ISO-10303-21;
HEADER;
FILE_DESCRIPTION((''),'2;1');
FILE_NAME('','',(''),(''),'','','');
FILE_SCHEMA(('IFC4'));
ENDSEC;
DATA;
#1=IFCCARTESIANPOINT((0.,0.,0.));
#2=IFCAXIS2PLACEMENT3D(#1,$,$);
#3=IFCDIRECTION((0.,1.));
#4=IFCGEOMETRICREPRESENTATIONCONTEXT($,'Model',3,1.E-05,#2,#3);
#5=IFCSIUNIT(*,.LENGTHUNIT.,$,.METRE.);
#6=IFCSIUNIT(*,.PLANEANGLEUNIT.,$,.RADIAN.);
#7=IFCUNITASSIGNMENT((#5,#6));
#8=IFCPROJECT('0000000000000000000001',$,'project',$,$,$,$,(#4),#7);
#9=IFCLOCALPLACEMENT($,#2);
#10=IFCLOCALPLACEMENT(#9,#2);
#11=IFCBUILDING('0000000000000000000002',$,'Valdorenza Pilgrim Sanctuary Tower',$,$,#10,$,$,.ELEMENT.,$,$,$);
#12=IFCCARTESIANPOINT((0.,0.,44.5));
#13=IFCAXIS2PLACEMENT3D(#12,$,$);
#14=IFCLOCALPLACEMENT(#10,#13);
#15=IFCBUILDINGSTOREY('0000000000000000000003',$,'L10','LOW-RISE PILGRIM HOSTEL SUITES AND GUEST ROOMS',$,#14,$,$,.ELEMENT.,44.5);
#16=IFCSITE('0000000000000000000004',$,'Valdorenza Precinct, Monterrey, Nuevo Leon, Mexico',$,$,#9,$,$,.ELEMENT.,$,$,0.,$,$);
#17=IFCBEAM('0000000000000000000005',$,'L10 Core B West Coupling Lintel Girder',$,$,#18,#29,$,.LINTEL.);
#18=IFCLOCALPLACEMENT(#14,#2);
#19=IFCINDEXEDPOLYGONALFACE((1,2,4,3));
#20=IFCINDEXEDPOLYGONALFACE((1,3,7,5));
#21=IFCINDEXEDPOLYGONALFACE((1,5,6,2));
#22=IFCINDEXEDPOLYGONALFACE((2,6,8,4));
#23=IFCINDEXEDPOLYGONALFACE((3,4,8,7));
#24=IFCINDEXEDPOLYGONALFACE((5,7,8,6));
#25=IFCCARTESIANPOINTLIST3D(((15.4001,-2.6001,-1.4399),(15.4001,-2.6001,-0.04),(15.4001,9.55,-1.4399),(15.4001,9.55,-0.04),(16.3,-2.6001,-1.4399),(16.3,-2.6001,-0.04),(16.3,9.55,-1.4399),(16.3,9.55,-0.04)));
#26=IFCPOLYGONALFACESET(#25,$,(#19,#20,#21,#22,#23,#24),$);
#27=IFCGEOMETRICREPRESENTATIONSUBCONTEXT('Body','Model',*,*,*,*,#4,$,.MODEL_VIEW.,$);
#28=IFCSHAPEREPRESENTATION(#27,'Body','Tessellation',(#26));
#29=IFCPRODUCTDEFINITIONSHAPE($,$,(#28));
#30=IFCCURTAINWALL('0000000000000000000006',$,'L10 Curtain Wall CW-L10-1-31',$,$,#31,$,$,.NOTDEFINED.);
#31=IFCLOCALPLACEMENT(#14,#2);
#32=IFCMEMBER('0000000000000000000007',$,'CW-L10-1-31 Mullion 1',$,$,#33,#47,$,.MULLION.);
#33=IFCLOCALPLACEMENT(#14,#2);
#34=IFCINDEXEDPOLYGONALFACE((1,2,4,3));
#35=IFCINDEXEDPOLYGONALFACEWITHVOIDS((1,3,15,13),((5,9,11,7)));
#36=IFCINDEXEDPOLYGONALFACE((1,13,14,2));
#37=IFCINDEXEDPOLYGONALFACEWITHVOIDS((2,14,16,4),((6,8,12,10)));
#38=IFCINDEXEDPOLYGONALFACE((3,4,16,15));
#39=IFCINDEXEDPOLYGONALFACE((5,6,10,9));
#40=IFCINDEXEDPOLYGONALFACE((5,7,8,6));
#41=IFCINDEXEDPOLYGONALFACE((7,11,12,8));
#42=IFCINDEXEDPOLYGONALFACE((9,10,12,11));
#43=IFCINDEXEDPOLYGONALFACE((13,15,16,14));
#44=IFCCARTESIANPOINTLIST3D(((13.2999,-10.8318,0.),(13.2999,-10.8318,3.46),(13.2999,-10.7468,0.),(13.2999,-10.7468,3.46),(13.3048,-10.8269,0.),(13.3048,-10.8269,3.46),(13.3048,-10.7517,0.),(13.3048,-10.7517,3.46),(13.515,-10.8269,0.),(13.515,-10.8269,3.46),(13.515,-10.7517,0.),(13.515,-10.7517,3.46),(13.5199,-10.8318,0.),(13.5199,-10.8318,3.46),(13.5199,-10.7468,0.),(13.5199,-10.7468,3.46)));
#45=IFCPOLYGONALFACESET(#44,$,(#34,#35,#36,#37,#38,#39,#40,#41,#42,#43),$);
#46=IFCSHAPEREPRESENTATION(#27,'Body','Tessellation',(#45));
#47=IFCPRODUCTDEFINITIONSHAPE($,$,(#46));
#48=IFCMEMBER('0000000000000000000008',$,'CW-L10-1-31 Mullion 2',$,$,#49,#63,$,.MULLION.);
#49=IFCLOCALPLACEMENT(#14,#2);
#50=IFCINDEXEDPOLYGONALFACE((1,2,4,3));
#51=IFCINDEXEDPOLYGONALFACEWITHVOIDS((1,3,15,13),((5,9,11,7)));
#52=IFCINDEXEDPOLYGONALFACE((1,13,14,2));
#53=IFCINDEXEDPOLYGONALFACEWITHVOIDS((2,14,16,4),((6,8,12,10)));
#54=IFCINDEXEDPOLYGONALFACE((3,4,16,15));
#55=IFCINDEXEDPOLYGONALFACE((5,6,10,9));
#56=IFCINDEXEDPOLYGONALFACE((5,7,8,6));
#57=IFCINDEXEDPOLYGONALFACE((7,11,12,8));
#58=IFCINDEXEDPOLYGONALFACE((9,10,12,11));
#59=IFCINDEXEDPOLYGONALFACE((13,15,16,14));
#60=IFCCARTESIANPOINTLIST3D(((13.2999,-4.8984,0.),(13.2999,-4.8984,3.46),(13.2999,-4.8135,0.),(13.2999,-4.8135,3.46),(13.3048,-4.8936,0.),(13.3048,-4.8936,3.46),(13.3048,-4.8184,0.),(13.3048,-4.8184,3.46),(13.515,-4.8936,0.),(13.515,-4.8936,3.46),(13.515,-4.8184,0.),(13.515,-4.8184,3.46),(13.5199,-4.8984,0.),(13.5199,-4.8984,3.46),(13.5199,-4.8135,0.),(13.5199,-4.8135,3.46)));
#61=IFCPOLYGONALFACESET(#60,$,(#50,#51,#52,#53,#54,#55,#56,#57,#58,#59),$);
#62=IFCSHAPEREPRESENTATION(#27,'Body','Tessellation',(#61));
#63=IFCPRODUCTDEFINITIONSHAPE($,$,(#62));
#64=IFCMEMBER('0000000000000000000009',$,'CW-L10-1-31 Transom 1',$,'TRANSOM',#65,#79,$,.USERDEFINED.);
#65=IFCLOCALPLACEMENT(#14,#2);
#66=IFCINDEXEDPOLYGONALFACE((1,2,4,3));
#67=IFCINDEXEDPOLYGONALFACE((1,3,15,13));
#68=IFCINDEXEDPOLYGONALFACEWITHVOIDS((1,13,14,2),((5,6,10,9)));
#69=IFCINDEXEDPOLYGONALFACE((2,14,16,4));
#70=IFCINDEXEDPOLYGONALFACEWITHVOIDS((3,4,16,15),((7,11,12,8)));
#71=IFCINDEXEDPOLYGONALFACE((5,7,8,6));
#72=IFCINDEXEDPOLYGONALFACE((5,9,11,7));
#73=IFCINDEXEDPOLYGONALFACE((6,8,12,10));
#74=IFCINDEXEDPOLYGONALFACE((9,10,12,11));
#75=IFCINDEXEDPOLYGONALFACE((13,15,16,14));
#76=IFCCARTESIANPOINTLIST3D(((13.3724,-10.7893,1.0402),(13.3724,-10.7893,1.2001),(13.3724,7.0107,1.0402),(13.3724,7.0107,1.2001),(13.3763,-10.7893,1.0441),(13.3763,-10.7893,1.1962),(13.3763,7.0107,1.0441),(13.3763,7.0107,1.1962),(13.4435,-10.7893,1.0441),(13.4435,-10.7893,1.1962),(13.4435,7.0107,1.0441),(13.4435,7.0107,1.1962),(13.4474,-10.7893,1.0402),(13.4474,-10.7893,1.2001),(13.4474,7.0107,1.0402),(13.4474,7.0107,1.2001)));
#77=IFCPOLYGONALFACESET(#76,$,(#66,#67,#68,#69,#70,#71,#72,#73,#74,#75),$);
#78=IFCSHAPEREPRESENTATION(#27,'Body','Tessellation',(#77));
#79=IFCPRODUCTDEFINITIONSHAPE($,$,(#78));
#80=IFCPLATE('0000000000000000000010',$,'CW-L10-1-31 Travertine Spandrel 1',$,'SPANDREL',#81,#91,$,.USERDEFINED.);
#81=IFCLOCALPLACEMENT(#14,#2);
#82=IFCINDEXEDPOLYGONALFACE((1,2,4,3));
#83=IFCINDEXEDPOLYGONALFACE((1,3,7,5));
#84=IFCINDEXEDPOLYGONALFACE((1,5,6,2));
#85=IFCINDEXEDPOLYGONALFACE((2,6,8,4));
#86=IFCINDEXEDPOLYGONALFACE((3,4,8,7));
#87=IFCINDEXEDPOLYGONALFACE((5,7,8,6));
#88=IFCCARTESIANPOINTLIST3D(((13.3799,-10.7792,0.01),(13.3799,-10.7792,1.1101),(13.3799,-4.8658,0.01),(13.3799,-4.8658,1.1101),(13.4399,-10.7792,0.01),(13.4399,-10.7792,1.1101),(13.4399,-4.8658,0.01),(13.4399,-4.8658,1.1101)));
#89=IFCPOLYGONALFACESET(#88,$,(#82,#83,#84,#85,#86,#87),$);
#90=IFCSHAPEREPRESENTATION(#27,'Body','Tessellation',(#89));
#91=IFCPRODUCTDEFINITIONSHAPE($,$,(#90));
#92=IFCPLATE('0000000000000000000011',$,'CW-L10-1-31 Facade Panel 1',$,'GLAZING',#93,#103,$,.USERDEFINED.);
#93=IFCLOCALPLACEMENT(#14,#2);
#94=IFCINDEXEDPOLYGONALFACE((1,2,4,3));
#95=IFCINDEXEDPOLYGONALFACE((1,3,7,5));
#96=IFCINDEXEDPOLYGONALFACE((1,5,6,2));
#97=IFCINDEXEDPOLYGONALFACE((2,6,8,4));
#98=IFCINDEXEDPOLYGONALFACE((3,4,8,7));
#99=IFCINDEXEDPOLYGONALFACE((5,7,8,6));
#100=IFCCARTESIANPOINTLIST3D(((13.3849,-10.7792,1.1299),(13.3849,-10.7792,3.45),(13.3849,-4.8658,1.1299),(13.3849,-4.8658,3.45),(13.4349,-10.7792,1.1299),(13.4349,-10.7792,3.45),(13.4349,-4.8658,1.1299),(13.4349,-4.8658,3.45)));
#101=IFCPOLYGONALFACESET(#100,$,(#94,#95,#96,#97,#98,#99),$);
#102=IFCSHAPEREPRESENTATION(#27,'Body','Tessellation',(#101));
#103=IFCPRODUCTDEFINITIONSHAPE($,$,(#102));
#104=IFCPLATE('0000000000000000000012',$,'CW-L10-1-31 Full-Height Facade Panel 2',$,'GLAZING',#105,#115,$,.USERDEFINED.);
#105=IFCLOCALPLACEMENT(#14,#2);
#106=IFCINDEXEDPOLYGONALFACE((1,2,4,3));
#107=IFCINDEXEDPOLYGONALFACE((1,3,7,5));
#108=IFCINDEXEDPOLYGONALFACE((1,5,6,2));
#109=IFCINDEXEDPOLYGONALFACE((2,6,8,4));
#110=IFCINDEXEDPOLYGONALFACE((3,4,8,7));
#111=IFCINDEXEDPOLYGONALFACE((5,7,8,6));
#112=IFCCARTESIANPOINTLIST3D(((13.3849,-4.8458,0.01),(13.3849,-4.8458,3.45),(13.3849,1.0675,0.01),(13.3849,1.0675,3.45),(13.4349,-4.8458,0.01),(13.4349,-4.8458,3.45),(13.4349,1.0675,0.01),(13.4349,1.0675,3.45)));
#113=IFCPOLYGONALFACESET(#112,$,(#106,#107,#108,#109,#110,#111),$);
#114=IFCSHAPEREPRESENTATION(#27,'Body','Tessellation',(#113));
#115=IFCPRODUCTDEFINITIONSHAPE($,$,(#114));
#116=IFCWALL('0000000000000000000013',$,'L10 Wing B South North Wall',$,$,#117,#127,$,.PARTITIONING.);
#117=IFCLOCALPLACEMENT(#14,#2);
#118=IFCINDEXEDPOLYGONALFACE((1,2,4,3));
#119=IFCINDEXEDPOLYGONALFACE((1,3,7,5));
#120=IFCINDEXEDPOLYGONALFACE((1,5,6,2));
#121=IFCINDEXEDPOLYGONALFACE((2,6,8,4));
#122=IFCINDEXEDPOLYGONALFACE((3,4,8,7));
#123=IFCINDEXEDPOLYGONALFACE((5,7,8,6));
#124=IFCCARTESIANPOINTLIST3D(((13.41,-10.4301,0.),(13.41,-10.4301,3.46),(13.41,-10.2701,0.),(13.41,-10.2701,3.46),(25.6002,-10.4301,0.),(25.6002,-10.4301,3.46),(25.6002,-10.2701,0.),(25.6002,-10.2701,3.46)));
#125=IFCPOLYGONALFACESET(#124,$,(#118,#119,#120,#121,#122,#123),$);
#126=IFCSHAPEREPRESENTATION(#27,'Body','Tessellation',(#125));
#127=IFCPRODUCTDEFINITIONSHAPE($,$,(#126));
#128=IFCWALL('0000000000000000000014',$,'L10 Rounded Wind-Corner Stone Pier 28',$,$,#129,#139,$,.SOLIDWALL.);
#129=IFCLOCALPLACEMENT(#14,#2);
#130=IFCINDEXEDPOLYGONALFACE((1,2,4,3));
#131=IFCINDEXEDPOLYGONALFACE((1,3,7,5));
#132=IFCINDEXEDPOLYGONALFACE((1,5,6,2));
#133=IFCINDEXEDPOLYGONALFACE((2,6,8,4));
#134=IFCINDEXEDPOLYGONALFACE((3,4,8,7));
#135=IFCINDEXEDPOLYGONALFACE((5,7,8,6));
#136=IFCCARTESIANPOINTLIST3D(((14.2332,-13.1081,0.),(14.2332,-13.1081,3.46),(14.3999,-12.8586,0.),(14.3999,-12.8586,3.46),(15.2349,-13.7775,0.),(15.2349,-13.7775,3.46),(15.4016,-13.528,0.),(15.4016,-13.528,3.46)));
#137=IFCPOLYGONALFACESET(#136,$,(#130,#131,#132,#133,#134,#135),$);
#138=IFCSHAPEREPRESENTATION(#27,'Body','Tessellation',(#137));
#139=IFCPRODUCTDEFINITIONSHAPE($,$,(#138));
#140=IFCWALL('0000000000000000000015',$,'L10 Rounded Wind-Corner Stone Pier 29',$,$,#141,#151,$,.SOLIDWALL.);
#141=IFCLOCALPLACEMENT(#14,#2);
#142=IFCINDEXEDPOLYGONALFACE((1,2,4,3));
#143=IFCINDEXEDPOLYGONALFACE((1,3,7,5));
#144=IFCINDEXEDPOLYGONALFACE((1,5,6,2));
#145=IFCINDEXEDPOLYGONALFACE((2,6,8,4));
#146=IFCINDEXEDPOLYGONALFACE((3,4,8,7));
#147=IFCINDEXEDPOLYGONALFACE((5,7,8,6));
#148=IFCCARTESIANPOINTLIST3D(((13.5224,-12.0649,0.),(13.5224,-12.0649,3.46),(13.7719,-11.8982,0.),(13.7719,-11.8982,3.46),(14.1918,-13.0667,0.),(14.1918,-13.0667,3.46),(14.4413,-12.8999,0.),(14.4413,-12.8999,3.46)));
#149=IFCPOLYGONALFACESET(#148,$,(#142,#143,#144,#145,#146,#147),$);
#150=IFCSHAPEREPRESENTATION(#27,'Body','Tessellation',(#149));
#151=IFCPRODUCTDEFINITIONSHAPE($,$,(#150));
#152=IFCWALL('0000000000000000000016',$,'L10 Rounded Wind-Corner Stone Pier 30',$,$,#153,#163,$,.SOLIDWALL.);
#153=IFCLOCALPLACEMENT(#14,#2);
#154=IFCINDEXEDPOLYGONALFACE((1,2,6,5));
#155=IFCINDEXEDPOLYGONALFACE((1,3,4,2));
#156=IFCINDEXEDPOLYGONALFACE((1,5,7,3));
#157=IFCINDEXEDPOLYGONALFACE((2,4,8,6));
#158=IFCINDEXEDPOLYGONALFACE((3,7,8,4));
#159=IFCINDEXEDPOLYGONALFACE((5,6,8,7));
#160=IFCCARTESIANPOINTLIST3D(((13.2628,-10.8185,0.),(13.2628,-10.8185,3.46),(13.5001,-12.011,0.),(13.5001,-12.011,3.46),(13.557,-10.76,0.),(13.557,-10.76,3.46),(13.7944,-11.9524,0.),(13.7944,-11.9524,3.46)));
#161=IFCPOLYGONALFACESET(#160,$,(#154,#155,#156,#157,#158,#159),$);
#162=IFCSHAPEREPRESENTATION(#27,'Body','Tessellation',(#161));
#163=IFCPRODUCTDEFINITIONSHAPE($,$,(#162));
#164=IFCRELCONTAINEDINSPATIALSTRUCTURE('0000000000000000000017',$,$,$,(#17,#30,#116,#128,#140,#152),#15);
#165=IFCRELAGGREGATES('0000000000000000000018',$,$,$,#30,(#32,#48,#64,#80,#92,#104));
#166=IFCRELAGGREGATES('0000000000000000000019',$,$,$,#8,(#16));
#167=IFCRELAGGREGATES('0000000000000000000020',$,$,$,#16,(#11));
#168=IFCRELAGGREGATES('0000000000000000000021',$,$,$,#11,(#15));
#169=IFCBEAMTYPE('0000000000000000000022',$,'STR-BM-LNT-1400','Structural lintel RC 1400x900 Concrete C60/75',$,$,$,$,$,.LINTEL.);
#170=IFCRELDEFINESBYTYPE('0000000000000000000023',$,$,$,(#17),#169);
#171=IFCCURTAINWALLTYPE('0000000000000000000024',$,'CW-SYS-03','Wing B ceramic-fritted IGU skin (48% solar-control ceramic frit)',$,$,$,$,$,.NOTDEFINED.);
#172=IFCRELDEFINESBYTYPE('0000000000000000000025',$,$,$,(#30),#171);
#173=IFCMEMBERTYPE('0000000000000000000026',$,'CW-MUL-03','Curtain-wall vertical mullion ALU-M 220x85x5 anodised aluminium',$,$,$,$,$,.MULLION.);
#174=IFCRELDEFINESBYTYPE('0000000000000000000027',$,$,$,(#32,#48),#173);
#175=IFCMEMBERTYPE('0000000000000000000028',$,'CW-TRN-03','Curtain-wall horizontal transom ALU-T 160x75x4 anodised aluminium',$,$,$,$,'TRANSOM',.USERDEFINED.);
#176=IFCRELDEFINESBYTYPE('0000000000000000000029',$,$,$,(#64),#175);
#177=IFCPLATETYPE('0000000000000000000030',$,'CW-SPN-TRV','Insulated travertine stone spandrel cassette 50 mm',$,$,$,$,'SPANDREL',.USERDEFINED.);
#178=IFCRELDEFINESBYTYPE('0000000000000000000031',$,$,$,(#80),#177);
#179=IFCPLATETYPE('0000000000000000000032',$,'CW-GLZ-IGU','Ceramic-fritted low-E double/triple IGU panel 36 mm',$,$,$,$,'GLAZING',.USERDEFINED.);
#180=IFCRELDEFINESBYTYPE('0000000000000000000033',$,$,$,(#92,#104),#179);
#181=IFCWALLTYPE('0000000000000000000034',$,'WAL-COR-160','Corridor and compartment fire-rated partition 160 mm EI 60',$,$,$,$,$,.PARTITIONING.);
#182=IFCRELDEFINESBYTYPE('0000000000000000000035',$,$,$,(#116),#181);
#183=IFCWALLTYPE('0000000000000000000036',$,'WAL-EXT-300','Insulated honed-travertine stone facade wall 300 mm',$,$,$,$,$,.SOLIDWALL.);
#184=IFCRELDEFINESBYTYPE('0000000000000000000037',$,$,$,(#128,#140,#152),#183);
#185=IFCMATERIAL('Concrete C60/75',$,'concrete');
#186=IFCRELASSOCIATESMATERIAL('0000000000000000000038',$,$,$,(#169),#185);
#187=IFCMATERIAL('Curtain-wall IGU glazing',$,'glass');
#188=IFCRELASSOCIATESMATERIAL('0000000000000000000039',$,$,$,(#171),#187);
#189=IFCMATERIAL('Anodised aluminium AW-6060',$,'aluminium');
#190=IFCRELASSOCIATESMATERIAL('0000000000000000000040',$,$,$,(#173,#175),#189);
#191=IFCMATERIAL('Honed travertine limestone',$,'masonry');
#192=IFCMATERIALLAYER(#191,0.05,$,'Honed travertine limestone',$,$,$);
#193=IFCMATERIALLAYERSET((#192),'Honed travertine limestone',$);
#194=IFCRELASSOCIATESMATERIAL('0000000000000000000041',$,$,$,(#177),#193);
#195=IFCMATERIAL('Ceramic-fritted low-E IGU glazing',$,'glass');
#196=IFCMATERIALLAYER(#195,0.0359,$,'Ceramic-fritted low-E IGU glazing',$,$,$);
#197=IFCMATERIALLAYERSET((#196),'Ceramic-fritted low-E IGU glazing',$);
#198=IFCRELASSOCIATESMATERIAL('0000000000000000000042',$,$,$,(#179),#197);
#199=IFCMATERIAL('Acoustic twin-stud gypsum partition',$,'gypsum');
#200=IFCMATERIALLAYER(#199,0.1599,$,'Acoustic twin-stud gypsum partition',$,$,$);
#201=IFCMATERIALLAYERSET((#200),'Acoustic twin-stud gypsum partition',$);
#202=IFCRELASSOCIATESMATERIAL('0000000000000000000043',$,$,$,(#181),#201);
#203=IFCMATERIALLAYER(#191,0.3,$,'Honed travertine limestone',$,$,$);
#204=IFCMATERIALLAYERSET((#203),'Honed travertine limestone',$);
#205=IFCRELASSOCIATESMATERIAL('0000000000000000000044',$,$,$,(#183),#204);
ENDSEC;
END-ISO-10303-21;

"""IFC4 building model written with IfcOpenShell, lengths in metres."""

from ifc_helpers import new_model, si_unit, direction, frame, frame_2d, origin, origin_2d, place, context, subcontext, project, spatial, rectangle, hollow_rectangle, extrude, source, transform, mapped, material, layer, layer_set, material_profile, profile_set, type_object, element, aggregate, save


model = new_model("IFC4")

# Units and contexts
model_context = context("Model", 3, precision=1e-05, world=origin(), true_north=direction((0.0, 1.0)))
body_context = subcontext(model_context, "Body", "Model", "MODEL_VIEW")
ifc_project = project(units=[si_unit("LENGTHUNIT", "METRE"), si_unit("PLANEANGLEUNIT", "RADIAN")], contexts=[model_context])

# Site, building, storey
site_placement = place(None, origin())
site = spatial("IfcSite", under=ifc_project, at=site_placement, Name="Valdorenza Precinct, Monterrey, Nuevo Leon, Mexico", CompositionType="ELEMENT", RefElevation=0.0)
building_placement = place(site_placement, origin())
building = spatial("IfcBuilding", under=site, at=building_placement, Name="Valdorenza Pilgrim Sanctuary Tower", CompositionType="ELEMENT")
storey_placement = place(building_placement, frame((0.0, 0.0, 44.5)))
storey = spatial("IfcBuildingStorey", under=building, at=storey_placement, Name="L10", Description="LOW-RISE PILGRIM HOSTEL SUITES AND GUEST ROOMS", CompositionType="ELEMENT", Elevation=44.5)

# Beam
ifc_material_1 = material(Name="Concrete C60/75", Category="concrete")
ifc_material_profile_1 = material_profile(ifc_material_1, rectangle(XDim=0.8999, YDim=1.3999, at=origin_2d()), Name="RC 1400x900")
ifc_profile_set_1 = profile_set([ifc_material_profile_1], Name="Concrete C60/75")
beam_type = type_object("IfcBeamType", Name="STR-BM-LNT-1400", Description="Structural lintel RC 1400x900 Concrete C60/75", PredefinedType="LINTEL", material=ifc_profile_set_1)
shared_shape_1 = source(origin(), body_context, "Body", "SweptSolid", [
    extrude(rectangle(XDim=0.8999, YDim=1.3999, at=origin_2d()), origin(), (0.0, 0.0, 1.0), 12.1501),
])
beam_placement = place(storey_placement, frame((15.8501, -2.6001, -0.74), z_axis=(0.0, 1.0, 0.0), x_axis=(-1.0, 0.0, 0.0)))
element("IfcBeam", 1, at=beam_placement, inside=storey, type_object=beam_type, Name="L10 Core B West Coupling Lintel Girder", PredefinedType="LINTEL", context=body_context, shape_type="MappedRepresentation", body=[
    mapped(shared_shape_1, transform((0.0, 0.0, 0.0), x_axis=(1.0, 0.0, 0.0), y_axis=(0.0, 1.0, 0.0), z_axis=(0.0, 0.0, 1.0), scale=1.0)),
])

# Curtain wall, members, plates
ifc_material_2 = material(Name="Curtain-wall IGU glazing", Category="glass")
curtain_wall_type = type_object("IfcCurtainWallType", Name="CW-SYS-03", Description="Wing B ceramic-fritted IGU skin (48% solar-control ceramic frit)", PredefinedType="NOTDEFINED", material=ifc_material_2)
curtain_wall_placement = place(storey_placement, origin())
curtain_wall = element("IfcCurtainWall", 2, at=curtain_wall_placement, inside=storey, type_object=curtain_wall_type, Name="L10 Curtain Wall CW-L10-1-31", PredefinedType="NOTDEFINED")
ifc_material_3 = material(Name="Anodised aluminium AW-6060", Category="aluminium")
ifc_material_profile_2 = material_profile(ifc_material_3, hollow_rectangle(XDim=0.085, YDim=0.22, WallThickness=0.0049, at=origin_2d()), Name="ALU-M 220x85x5")
ifc_profile_set_2 = profile_set([ifc_material_profile_2], Name="Anodised aluminium AW-6060")
member_type_1 = type_object("IfcMemberType", Name="CW-MUL-03", Description="Curtain-wall vertical mullion ALU-M 220x85x5 anodised aluminium", PredefinedType="MULLION", material=ifc_profile_set_2)
shared_shape_2 = source(origin(), body_context, "Body", "SweptSolid", [
    extrude(hollow_rectangle(XDim=0.085, YDim=0.22, WallThickness=0.0049, at=origin_2d()), origin(), (0.0, 0.0, 1.0), 3.46),
])
member_1_placement = place(storey_placement, frame((13.4099, -10.7893, 0.0), z_axis=(0.0, 0.0, 1.0), x_axis=(0.0, 1.0, 0.0)))
member_1 = element("IfcMember", 3, at=member_1_placement, type_object=member_type_1, Name="CW-L10-1-31 Mullion 1", PredefinedType="MULLION", context=body_context, shape_type="MappedRepresentation", body=[
    mapped(shared_shape_2, transform((0.0, 0.0, 0.0), x_axis=(1.0, 0.0, 0.0), y_axis=(0.0, 1.0, 0.0), z_axis=(0.0, 0.0, 1.0), scale=1.0)),
])
member_2_placement = place(storey_placement, frame((13.4099, -4.856, 0.0), z_axis=(0.0, 0.0, 1.0), x_axis=(0.0, 1.0, 0.0)))
member_2 = element("IfcMember", 4, at=member_2_placement, type_object=member_type_1, Name="CW-L10-1-31 Mullion 2", PredefinedType="MULLION", context=body_context, shape_type="MappedRepresentation", body=[
    mapped(shared_shape_2, transform((0.0, 0.0, 0.0), x_axis=(1.0, 0.0, 0.0), y_axis=(0.0, 1.0, 0.0), z_axis=(0.0, 0.0, 1.0), scale=1.0)),
])
ifc_material_profile_3 = material_profile(ifc_material_3, hollow_rectangle(XDim=0.075, YDim=0.1599, WallThickness=0.0039, at=origin_2d()), Name="ALU-T 160x75x4")
ifc_profile_set_3 = profile_set([ifc_material_profile_3], Name="Anodised aluminium AW-6060")
member_type_2 = type_object("IfcMemberType", Name="CW-TRN-03", Description="Curtain-wall horizontal transom ALU-T 160x75x4 anodised aluminium", ElementType="TRANSOM", PredefinedType="USERDEFINED", material=ifc_profile_set_3)
shared_shape_3 = source(origin(), body_context, "Body", "SweptSolid", [
    extrude(hollow_rectangle(XDim=0.075, YDim=0.1599, WallThickness=0.0039, at=origin_2d()), origin(), (0.0, 0.0, 1.0), 17.8),
])
member_3_placement = place(storey_placement, frame((13.4099, -10.7893, 1.1201), z_axis=(0.0, 1.0, 0.0), x_axis=(-1.0, 0.0, 0.0)))
member_3 = element("IfcMember", 5, at=member_3_placement, type_object=member_type_2, Name="CW-L10-1-31 Transom 1", ObjectType="TRANSOM", PredefinedType="USERDEFINED", context=body_context, shape_type="MappedRepresentation", body=[
    mapped(shared_shape_3, transform((0.0, 0.0, 0.0), x_axis=(1.0, 0.0, 0.0), y_axis=(0.0, 1.0, 0.0), z_axis=(0.0, 0.0, 1.0), scale=1.0)),
])
ifc_material_4 = material(Name="Honed travertine limestone", Category="masonry")
ifc_layer_1 = layer(ifc_material_4, 0.05, Name="Honed travertine limestone")
ifc_layer_set_1 = layer_set([ifc_layer_1], Name="Honed travertine limestone")
plate_type_1 = type_object("IfcPlateType", Name="CW-SPN-TRV", Description="Insulated travertine stone spandrel cassette 50 mm", ElementType="SPANDREL", PredefinedType="USERDEFINED", material=ifc_layer_set_1)
shared_shape_4 = source(origin(), body_context, "Body", "SweptSolid", [
    extrude(rectangle(XDim=5.9133, YDim=0.0601, at=origin_2d()), origin(), (0.0, 0.0, 1.0), 1.1001),
])
plate_1_placement = place(storey_placement, frame((13.4099, -7.8225, 0.01), z_axis=(0.0, 0.0, 1.0), x_axis=(0.0, 1.0, 0.0)))
plate_1 = element("IfcPlate", 6, at=plate_1_placement, type_object=plate_type_1, Name="CW-L10-1-31 Travertine Spandrel 1", ObjectType="SPANDREL", PredefinedType="USERDEFINED", context=body_context, shape_type="MappedRepresentation", body=[
    mapped(shared_shape_4, transform((0.0, 0.0, 0.0), x_axis=(1.0, 0.0, 0.0), y_axis=(0.0, 1.0, 0.0), z_axis=(0.0, 0.0, 1.0), scale=1.0)),
])
ifc_material_5 = material(Name="Ceramic-fritted low-E IGU glazing", Category="glass")
ifc_layer_2 = layer(ifc_material_5, 0.0359, Name="Ceramic-fritted low-E IGU glazing")
ifc_layer_set_2 = layer_set([ifc_layer_2], Name="Ceramic-fritted low-E IGU glazing")
plate_type_2 = type_object("IfcPlateType", Name="CW-GLZ-IGU", Description="Ceramic-fritted low-E double/triple IGU panel 36 mm", ElementType="GLAZING", PredefinedType="USERDEFINED", material=ifc_layer_set_2)
shared_shape_5 = source(origin(), body_context, "Body", "SweptSolid", [
    extrude(rectangle(XDim=5.9133, YDim=0.05, at=origin_2d()), origin(), (0.0, 0.0, 1.0), 2.3201),
])
plate_2_placement = place(storey_placement, frame((13.4099, -7.8225, 1.1299), z_axis=(0.0, 0.0, 1.0), x_axis=(0.0, 1.0, 0.0)))
plate_2 = element("IfcPlate", 7, at=plate_2_placement, type_object=plate_type_2, Name="CW-L10-1-31 Facade Panel 1", ObjectType="GLAZING", PredefinedType="USERDEFINED", context=body_context, shape_type="MappedRepresentation", body=[
    mapped(shared_shape_5, transform((0.0, 0.0, 0.0), x_axis=(1.0, 0.0, 0.0), y_axis=(0.0, 1.0, 0.0), z_axis=(0.0, 0.0, 1.0), scale=1.0)),
])
shared_shape_6 = source(origin(), body_context, "Body", "SweptSolid", [
    extrude(rectangle(XDim=5.9133, YDim=0.05, at=origin_2d()), origin(), (0.0, 0.0, 1.0), 3.4399),
])
plate_3_placement = place(storey_placement, frame((13.4099, -1.8892, 0.01), z_axis=(0.0, 0.0, 1.0), x_axis=(0.0, 1.0, 0.0)))
plate_3 = element("IfcPlate", 8, at=plate_3_placement, type_object=plate_type_2, Name="CW-L10-1-31 Full-Height Facade Panel 2", ObjectType="GLAZING", PredefinedType="USERDEFINED", context=body_context, shape_type="MappedRepresentation", body=[
    mapped(shared_shape_6, transform((0.0, 0.0, 0.0), x_axis=(1.0, 0.0, 0.0), y_axis=(0.0, 1.0, 0.0), z_axis=(0.0, 0.0, 1.0), scale=1.0)),
])
aggregate(curtain_wall, [member_1, member_2, member_3, plate_1, plate_2, plate_3])

# Walls
ifc_material_6 = material(Name="Acoustic twin-stud gypsum partition", Category="gypsum")
ifc_layer_3 = layer(ifc_material_6, 0.1599, Name="Acoustic twin-stud gypsum partition")
ifc_layer_set_3 = layer_set([ifc_layer_3], Name="Acoustic twin-stud gypsum partition")
wall_type_1 = type_object("IfcWallType", Name="WAL-COR-160", Description="Corridor and compartment fire-rated partition 160 mm EI 60", PredefinedType="PARTITIONING", material=ifc_layer_set_3)
wall_1_placement = place(storey_placement, frame((13.4099, -10.3501, 0.0), z_axis=(0.0, 0.0, 1.0), x_axis=(1.0, 0.0, 0.0)))
element("IfcWall", 9, at=wall_1_placement, inside=storey, type_object=wall_type_1, Name="L10 Wing B South North Wall", PredefinedType="PARTITIONING", context=body_context, shape_type="SweptSolid", body=[
    extrude(rectangle(XDim=12.1902, YDim=0.1599, at=frame_2d((6.0952, 0.0))), origin(), (0.0, 0.0, 1.0), 3.46),
])
ifc_layer_4 = layer(ifc_material_4, 0.3, Name="Honed travertine limestone")
ifc_layer_set_4 = layer_set([ifc_layer_4], Name="Honed travertine limestone")
wall_type_2 = type_object("IfcWallType", Name="WAL-EXT-300", Description="Insulated honed-travertine stone facade wall 300 mm", PredefinedType="SOLIDWALL", material=ifc_layer_set_4)
for number, where, z_axis, x_axis, name in (
    (10, (15.3184, -13.6528, 0.0), (0.0, 0.0, 1.0), (-0.831426, 0.555635, 0.0), "L10 Rounded Wind-Corner Stone Pier 28"),
    (11, (14.3167, -12.9834, 0.0), (0.0, 0.0, 1.0), (-0.555635, 0.831426, 0.0), "L10 Rounded Wind-Corner Stone Pier 29"),
):
    element("IfcWall", number, at=place(storey_placement, frame(where, z_axis=z_axis, x_axis=x_axis)), inside=storey, type_object=wall_type_2, Name=name, PredefinedType="SOLIDWALL", context=body_context, shape_type="SweptSolid", body=[
        extrude(rectangle(XDim=1.2048, YDim=0.3, at=frame_2d((0.6025, 0.0))), origin(), (0.0, 0.0, 1.0), 3.46),
    ])
wall_2_placement = place(storey_placement, frame((13.6472, -11.9817, 0.0), z_axis=(0.0, 0.0, 1.0), x_axis=(-0.195189, 0.980766, 0.0)))
element("IfcWall", 12, at=wall_2_placement, inside=storey, type_object=wall_type_2, Name="L10 Rounded Wind-Corner Stone Pier 30", PredefinedType="SOLIDWALL", context=body_context, shape_type="SweptSolid", body=[
    extrude(rectangle(XDim=1.2158, YDim=0.3, at=frame_2d((0.6079, 0.0))), origin(), (0.0, 0.0, 1.0), 3.46),
])

save(model, "model.ifc")
